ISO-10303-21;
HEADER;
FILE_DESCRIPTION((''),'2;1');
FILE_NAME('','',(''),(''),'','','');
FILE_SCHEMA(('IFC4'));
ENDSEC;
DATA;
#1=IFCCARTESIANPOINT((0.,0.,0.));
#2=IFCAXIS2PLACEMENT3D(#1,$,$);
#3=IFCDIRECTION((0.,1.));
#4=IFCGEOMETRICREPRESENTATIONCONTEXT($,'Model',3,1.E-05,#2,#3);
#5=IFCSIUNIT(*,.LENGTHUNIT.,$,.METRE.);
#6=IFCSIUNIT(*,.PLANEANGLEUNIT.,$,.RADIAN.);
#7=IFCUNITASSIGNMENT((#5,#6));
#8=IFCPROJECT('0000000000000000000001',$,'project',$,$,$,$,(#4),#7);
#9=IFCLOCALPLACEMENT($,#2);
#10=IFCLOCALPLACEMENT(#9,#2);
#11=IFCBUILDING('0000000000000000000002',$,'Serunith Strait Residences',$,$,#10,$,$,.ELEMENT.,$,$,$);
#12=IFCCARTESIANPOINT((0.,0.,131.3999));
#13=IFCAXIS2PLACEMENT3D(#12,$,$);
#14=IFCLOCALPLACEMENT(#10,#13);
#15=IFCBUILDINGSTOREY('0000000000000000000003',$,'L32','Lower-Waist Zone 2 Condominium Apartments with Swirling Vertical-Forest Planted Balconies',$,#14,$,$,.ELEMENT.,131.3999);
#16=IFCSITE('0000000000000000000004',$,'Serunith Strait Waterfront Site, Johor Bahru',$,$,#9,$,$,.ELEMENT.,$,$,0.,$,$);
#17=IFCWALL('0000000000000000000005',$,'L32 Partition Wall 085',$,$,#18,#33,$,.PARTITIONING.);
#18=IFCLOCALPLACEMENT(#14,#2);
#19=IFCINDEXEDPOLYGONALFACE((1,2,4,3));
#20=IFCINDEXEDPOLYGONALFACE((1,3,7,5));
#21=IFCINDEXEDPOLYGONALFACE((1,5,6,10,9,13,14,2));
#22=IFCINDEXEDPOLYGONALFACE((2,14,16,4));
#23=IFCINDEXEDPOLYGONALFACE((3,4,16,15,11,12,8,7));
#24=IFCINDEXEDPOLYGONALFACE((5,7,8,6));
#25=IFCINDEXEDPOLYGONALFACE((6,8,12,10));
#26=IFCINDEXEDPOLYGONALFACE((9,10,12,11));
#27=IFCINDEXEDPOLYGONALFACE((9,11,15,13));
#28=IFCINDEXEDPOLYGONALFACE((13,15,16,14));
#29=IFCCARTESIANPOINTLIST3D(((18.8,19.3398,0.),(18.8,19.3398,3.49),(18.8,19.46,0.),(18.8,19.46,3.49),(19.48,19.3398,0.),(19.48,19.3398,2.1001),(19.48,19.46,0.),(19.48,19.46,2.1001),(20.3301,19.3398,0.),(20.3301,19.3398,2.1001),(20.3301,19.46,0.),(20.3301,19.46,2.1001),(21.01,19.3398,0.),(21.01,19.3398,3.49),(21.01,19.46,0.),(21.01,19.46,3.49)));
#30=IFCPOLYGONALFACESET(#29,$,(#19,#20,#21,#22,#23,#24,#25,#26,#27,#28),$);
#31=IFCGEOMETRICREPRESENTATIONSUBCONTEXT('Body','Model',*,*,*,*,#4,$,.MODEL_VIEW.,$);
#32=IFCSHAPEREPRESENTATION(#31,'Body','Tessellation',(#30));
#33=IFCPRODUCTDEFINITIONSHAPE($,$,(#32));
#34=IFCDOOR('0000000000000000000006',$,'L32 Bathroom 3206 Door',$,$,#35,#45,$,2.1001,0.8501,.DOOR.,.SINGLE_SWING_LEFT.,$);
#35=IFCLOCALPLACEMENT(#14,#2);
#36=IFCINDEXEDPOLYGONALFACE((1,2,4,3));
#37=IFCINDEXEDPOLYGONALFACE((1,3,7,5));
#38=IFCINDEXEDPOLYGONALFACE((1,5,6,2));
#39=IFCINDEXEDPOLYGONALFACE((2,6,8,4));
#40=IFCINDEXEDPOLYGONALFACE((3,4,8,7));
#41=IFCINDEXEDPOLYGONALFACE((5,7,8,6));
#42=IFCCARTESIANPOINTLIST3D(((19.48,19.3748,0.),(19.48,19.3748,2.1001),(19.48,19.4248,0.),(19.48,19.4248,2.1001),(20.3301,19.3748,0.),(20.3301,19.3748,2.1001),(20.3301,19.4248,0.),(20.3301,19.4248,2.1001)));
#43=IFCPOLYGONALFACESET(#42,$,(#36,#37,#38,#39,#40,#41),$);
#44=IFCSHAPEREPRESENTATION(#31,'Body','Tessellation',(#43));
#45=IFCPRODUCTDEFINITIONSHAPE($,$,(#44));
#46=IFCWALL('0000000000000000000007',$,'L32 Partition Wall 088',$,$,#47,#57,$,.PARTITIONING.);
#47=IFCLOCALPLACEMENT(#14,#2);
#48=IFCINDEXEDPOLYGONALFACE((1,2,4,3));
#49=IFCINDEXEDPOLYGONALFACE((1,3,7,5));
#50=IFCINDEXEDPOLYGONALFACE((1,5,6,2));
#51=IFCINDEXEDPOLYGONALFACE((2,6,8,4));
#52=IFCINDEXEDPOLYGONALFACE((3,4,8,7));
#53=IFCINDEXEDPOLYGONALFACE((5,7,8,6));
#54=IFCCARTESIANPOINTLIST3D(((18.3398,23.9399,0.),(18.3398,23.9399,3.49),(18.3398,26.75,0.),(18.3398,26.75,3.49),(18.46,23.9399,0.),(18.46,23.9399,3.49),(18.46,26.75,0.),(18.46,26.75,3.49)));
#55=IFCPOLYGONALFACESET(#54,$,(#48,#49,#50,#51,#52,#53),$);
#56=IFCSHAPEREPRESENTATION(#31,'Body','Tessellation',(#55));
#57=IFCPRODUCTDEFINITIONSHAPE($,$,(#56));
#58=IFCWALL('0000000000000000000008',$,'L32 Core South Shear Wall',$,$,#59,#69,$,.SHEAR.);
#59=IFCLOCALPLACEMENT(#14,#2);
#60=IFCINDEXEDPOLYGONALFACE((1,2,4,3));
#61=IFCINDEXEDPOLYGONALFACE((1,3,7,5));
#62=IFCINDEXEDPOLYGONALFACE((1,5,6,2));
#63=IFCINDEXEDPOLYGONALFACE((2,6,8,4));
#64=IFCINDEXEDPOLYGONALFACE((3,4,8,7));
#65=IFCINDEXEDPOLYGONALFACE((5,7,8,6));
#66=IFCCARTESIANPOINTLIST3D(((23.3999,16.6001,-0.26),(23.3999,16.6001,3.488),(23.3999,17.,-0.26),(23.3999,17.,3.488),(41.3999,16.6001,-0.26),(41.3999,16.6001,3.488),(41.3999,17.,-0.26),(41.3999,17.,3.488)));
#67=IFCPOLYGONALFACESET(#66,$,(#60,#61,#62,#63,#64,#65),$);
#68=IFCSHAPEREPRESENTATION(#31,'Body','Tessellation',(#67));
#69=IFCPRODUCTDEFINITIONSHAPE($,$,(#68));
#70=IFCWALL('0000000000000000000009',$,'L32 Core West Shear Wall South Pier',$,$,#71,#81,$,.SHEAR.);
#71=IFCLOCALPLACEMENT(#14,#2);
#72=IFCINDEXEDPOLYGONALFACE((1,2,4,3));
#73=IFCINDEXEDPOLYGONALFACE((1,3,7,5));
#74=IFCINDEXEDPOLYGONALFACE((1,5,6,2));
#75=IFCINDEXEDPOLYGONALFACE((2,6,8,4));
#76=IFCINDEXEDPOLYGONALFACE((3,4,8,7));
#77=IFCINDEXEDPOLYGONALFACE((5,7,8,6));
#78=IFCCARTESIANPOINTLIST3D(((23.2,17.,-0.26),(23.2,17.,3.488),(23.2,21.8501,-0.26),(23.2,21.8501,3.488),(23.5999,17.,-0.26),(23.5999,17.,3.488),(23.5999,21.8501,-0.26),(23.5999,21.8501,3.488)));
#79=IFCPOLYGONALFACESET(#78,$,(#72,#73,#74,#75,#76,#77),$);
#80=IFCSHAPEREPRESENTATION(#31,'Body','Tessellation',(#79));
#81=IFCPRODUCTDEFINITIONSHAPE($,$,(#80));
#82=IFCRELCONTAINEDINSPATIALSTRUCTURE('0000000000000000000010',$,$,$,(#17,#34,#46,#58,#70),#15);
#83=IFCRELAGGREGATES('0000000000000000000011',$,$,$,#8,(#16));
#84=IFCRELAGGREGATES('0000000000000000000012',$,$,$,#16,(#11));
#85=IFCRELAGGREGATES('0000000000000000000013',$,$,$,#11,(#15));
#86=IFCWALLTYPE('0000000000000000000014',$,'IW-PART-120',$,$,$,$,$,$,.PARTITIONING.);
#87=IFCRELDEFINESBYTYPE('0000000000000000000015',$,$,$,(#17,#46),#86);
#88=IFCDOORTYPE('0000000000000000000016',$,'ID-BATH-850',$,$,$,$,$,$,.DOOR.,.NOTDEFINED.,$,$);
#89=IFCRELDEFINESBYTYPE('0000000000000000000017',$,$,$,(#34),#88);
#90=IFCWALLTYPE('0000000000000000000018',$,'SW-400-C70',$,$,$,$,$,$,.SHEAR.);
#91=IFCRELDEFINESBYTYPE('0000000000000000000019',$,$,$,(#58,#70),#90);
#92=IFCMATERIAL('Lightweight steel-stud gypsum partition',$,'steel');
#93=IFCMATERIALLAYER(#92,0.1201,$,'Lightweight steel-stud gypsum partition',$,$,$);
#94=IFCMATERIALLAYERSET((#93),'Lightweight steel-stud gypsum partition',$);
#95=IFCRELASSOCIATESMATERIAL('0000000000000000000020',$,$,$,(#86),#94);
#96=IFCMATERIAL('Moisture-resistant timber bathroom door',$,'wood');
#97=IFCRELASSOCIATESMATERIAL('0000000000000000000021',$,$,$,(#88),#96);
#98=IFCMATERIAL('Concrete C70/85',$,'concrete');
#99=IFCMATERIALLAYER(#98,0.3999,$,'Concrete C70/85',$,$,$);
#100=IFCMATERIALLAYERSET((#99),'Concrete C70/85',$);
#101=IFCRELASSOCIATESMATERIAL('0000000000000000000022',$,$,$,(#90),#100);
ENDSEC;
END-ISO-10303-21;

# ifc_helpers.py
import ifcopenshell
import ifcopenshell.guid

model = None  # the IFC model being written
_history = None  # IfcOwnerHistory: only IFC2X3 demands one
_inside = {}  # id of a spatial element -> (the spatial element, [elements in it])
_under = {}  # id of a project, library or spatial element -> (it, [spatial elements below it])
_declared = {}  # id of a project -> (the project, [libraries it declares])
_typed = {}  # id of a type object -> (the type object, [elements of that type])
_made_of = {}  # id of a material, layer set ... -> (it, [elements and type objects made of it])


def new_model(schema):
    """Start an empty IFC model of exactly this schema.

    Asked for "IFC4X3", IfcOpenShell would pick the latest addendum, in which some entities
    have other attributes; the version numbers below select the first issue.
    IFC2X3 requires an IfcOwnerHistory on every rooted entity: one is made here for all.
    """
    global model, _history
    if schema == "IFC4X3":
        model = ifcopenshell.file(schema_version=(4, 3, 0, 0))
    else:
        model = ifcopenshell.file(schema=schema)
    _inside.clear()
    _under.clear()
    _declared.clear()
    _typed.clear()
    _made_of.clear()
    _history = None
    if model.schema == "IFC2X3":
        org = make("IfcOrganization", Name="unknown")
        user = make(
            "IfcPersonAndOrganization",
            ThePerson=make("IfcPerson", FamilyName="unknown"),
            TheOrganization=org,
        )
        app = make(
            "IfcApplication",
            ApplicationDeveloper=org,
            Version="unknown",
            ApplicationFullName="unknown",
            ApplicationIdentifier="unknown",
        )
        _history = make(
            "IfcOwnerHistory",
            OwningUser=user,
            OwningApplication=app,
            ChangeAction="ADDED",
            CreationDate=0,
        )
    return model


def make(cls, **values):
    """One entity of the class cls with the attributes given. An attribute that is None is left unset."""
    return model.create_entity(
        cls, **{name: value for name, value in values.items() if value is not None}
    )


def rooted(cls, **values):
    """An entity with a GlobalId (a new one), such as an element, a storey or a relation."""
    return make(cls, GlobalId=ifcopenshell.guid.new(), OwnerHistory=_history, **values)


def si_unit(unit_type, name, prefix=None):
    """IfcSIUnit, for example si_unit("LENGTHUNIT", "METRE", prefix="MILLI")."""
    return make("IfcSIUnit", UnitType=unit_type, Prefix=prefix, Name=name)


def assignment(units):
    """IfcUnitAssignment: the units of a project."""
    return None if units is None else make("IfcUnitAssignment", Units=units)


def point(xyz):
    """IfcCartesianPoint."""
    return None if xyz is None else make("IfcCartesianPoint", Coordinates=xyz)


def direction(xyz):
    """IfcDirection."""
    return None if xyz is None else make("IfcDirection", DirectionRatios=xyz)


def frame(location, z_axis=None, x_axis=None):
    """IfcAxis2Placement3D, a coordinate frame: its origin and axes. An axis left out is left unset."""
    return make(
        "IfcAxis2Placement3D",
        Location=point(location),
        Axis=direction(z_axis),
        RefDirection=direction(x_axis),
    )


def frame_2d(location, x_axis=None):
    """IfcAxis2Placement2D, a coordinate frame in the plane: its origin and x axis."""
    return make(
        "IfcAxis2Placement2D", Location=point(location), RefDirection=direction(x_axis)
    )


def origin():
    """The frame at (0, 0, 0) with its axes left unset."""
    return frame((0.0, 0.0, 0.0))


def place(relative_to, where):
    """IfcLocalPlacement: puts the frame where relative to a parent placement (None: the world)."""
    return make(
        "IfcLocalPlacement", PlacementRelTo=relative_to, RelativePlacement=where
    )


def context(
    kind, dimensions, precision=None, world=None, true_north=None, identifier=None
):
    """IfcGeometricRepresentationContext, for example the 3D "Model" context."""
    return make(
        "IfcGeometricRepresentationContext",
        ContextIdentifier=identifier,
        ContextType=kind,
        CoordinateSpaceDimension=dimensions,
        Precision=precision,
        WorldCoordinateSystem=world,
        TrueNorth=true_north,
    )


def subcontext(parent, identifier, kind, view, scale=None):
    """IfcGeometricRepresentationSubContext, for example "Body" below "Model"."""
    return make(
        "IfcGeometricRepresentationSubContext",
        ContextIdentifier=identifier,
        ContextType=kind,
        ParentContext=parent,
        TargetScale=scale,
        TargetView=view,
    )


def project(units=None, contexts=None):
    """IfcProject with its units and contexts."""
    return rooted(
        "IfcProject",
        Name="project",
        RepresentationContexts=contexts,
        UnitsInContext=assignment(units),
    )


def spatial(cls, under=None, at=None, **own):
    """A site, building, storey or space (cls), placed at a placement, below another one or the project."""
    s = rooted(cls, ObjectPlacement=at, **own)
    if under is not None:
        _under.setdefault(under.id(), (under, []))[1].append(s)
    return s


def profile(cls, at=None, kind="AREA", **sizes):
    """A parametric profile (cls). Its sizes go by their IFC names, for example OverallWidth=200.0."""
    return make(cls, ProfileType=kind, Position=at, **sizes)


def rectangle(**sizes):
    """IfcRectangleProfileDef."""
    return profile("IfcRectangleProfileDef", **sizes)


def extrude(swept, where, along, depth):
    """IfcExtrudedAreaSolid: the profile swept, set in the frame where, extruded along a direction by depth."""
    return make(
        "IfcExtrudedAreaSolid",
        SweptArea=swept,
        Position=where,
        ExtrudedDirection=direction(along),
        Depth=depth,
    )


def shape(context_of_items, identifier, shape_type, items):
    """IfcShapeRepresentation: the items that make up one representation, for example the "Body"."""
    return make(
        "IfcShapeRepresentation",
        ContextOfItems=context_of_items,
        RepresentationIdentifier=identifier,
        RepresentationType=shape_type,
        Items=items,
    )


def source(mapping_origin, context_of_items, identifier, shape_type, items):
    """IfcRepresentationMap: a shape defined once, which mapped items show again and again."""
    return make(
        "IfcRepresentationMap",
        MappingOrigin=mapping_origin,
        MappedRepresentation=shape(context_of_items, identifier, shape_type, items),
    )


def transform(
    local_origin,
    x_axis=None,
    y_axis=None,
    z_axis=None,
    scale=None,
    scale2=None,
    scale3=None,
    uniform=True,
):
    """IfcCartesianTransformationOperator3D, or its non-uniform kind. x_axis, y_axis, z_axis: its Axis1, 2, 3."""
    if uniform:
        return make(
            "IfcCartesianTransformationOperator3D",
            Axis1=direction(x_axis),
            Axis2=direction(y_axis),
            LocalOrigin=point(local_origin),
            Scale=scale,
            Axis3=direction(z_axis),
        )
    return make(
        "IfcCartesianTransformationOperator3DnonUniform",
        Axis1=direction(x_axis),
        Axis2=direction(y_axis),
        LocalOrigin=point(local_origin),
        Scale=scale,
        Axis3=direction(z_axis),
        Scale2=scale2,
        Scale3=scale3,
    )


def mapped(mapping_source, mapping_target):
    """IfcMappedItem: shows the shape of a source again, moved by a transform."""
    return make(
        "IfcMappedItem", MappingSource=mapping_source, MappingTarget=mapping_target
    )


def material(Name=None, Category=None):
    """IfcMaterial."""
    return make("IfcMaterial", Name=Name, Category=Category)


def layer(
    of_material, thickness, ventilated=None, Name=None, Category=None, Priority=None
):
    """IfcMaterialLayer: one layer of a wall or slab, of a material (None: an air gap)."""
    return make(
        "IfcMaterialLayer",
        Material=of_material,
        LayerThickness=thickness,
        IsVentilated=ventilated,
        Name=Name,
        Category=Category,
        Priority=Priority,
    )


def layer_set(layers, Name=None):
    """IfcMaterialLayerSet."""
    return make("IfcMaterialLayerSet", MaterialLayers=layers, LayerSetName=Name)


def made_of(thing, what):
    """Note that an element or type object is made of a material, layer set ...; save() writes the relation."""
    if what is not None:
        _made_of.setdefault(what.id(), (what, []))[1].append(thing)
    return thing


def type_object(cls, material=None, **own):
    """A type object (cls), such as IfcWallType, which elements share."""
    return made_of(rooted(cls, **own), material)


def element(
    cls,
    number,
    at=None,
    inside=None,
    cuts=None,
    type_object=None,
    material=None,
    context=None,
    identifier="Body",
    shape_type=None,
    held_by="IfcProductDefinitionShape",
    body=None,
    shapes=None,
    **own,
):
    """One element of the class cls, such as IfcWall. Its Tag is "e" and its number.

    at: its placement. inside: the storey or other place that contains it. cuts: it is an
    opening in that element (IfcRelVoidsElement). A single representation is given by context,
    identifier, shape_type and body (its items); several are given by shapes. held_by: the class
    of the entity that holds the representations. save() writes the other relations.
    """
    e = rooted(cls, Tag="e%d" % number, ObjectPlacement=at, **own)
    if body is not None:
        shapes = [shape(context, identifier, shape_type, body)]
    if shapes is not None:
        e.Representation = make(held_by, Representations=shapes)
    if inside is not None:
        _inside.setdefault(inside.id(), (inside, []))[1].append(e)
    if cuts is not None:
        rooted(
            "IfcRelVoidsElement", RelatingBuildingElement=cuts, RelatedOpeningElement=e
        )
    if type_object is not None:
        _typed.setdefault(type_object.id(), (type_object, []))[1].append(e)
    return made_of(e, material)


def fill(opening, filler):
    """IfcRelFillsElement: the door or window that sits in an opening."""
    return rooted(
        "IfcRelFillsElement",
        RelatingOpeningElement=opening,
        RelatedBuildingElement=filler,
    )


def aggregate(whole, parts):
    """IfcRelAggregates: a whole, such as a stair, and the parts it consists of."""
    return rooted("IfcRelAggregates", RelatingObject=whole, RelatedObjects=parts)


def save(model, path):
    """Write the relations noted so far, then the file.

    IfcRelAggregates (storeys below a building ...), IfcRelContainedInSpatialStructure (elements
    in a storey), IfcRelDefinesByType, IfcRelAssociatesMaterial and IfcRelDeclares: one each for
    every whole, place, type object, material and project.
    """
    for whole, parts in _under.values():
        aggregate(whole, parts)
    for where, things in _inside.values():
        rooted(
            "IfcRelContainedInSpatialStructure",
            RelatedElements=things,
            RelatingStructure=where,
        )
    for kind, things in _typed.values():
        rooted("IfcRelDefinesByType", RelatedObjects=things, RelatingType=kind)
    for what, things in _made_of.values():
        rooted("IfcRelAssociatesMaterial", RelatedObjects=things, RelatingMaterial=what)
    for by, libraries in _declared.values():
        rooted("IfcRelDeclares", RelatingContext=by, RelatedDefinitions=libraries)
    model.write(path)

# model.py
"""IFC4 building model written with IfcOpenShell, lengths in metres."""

from ifc_helpers import new_model, si_unit, direction, frame, frame_2d, origin, place, context, subcontext, project, spatial, rectangle, extrude, source, transform, mapped, material, layer, layer_set, type_object, element, fill, save


model = new_model("IFC4")

# Units and contexts
model_context = context("Model", 3, precision=1e-05, world=origin(), true_north=direction((0.0, 1.0)))
body_context = subcontext(model_context, "Body", "Model", "MODEL_VIEW")
ifc_project = project(units=[si_unit("LENGTHUNIT", "METRE"), si_unit("PLANEANGLEUNIT", "RADIAN")], contexts=[model_context])

# Site, building, storey
site_placement = place(None, origin())
site = spatial("IfcSite", under=ifc_project, at=site_placement, Name="Serunith Strait Waterfront Site, Johor Bahru", CompositionType="ELEMENT", RefElevation=0.0)
building_placement = place(site_placement, origin())
building = spatial("IfcBuilding", under=site, at=building_placement, Name="Serunith Strait Residences", CompositionType="ELEMENT")
storey_placement = place(building_placement, frame((0.0, 0.0, 131.3999)))
storey = spatial("IfcBuildingStorey", under=building, at=storey_placement, Name="L32", Description="Lower-Waist Zone 2 Condominium Apartments with Swirling Vertical-Forest Planted Balconies", CompositionType="ELEMENT", Elevation=131.3999)

# Shared definitions
ifc_material_1 = material(Name="Lightweight steel-stud gypsum partition", Category="steel")
ifc_layer_1 = layer(ifc_material_1, 0.1201, Name="Lightweight steel-stud gypsum partition")
ifc_layer_set_1 = layer_set([ifc_layer_1], Name="Lightweight steel-stud gypsum partition")
wall_type_1 = type_object("IfcWallType", Name="IW-PART-120", PredefinedType="PARTITIONING", material=ifc_layer_set_1)
ifc_material_2 = material(Name="Moisture-resistant timber bathroom door", Category="wood")
door_type_1 = type_object("IfcDoorType", Name="ID-BATH-850", OperationType="NOTDEFINED", PredefinedType="DOOR", material=ifc_material_2)
shared_shape_1 = source(origin(), body_context, "Body", "SweptSolid", [
    extrude(rectangle(XDim=0.8501, YDim=2.1001, at=frame_2d((0.425, 1.05))), frame((0.0, 0.0249, 0.0), z_axis=(0.0, -1.0, 0.0), x_axis=(1.0, 0.0, 0.0)), (0.0, 0.0, 1.0), 0.05),
])

# Wall, opening, door
wall_1_placement = place(storey_placement, frame((18.8, 19.3999, 0.0), z_axis=(0.0, 0.0, 1.0), x_axis=(1.0, 0.0, 0.0)))
wall_1 = element("IfcWall", 1, at=wall_1_placement, inside=storey, type_object=wall_type_1, Name="L32 Partition Wall 085", PredefinedType="PARTITIONING", context=body_context, shape_type="SweptSolid", body=[
    extrude(rectangle(XDim=2.21, YDim=0.1201, at=frame_2d((1.105, 0.0))), origin(), (0.0, 0.0, 1.0), 3.49),
])
opening_1_placement = place(wall_1_placement, frame((0.6799, 0.0, 0.0)))
opening_1 = element("IfcOpeningElement", 2, at=opening_1_placement, cuts=wall_1, PredefinedType="OPENING", context=body_context, shape_type="SweptSolid", body=[
    extrude(rectangle(XDim=0.8501, YDim=2.1001, at=frame_2d((0.425, 1.05))), frame((0.0, 0.0701, 0.0), z_axis=(0.0, -1.0, 0.0), x_axis=(1.0, 0.0, 0.0)), (0.0, 0.0, 1.0), 0.1401),
])
door_1_placement = place(opening_1_placement, origin())
door_1 = element("IfcDoor", 3, at=door_1_placement, inside=storey, type_object=door_type_1, Name="L32 Bathroom 3206 Door", OperationType="SINGLE_SWING_LEFT", OverallHeight=2.1001, OverallWidth=0.8501, PredefinedType="DOOR", context=body_context, shape_type="MappedRepresentation", body=[
    mapped(shared_shape_1, transform((0.0, 0.0, 0.0), scale=1.0)),
])
fill(opening_1, door_1)

# Walls
wall_2_placement = place(storey_placement, frame((18.3999, 23.9399, 0.0), z_axis=(0.0, 0.0, 1.0), x_axis=(0.0, 1.0, 0.0)))
element("IfcWall", 4, at=wall_2_placement, inside=storey, type_object=wall_type_1, Name="L32 Partition Wall 088", PredefinedType="PARTITIONING", context=body_context, shape_type="SweptSolid", body=[
    extrude(rectangle(XDim=2.8101, YDim=0.1201, at=frame_2d((1.405, 0.0))), origin(), (0.0, 0.0, 1.0), 3.49),
])
ifc_material_3 = material(Name="Concrete C70/85", Category="concrete")
ifc_layer_2 = layer(ifc_material_3, 0.3999, Name="Concrete C70/85")
ifc_layer_set_2 = layer_set([ifc_layer_2], Name="Concrete C70/85")
wall_type_2 = type_object("IfcWallType", Name="SW-400-C70", PredefinedType="SHEAR", material=ifc_layer_set_2)
wall_3_placement = place(storey_placement, frame((23.3999, 16.8, -0.26), z_axis=(0.0, 0.0, 1.0), x_axis=(1.0, 0.0, 0.0)))
element("IfcWall", 5, at=wall_3_placement, inside=storey, type_object=wall_type_2, Name="L32 Core South Shear Wall", PredefinedType="SHEAR", context=body_context, shape_type="SweptSolid", body=[
    extrude(rectangle(XDim=18.0, YDim=0.3999, at=frame_2d((9.0, 0.0))), origin(), (0.0, 0.0, 1.0), 3.748),
])
wall_4_placement = place(storey_placement, frame((23.3999, 17.0, -0.26), z_axis=(0.0, 0.0, 1.0), x_axis=(0.0, 1.0, 0.0)))
element("IfcWall", 6, at=wall_4_placement, inside=storey, type_object=wall_type_2, Name="L32 Core West Shear Wall South Pier", PredefinedType="SHEAR", context=body_context, shape_type="SweptSolid", body=[
    extrude(rectangle(XDim=4.8501, YDim=0.3999, at=frame_2d((2.425, 0.0))), origin(), (0.0, 0.0, 1.0), 3.748),
])

save(model, "model.ifc")
